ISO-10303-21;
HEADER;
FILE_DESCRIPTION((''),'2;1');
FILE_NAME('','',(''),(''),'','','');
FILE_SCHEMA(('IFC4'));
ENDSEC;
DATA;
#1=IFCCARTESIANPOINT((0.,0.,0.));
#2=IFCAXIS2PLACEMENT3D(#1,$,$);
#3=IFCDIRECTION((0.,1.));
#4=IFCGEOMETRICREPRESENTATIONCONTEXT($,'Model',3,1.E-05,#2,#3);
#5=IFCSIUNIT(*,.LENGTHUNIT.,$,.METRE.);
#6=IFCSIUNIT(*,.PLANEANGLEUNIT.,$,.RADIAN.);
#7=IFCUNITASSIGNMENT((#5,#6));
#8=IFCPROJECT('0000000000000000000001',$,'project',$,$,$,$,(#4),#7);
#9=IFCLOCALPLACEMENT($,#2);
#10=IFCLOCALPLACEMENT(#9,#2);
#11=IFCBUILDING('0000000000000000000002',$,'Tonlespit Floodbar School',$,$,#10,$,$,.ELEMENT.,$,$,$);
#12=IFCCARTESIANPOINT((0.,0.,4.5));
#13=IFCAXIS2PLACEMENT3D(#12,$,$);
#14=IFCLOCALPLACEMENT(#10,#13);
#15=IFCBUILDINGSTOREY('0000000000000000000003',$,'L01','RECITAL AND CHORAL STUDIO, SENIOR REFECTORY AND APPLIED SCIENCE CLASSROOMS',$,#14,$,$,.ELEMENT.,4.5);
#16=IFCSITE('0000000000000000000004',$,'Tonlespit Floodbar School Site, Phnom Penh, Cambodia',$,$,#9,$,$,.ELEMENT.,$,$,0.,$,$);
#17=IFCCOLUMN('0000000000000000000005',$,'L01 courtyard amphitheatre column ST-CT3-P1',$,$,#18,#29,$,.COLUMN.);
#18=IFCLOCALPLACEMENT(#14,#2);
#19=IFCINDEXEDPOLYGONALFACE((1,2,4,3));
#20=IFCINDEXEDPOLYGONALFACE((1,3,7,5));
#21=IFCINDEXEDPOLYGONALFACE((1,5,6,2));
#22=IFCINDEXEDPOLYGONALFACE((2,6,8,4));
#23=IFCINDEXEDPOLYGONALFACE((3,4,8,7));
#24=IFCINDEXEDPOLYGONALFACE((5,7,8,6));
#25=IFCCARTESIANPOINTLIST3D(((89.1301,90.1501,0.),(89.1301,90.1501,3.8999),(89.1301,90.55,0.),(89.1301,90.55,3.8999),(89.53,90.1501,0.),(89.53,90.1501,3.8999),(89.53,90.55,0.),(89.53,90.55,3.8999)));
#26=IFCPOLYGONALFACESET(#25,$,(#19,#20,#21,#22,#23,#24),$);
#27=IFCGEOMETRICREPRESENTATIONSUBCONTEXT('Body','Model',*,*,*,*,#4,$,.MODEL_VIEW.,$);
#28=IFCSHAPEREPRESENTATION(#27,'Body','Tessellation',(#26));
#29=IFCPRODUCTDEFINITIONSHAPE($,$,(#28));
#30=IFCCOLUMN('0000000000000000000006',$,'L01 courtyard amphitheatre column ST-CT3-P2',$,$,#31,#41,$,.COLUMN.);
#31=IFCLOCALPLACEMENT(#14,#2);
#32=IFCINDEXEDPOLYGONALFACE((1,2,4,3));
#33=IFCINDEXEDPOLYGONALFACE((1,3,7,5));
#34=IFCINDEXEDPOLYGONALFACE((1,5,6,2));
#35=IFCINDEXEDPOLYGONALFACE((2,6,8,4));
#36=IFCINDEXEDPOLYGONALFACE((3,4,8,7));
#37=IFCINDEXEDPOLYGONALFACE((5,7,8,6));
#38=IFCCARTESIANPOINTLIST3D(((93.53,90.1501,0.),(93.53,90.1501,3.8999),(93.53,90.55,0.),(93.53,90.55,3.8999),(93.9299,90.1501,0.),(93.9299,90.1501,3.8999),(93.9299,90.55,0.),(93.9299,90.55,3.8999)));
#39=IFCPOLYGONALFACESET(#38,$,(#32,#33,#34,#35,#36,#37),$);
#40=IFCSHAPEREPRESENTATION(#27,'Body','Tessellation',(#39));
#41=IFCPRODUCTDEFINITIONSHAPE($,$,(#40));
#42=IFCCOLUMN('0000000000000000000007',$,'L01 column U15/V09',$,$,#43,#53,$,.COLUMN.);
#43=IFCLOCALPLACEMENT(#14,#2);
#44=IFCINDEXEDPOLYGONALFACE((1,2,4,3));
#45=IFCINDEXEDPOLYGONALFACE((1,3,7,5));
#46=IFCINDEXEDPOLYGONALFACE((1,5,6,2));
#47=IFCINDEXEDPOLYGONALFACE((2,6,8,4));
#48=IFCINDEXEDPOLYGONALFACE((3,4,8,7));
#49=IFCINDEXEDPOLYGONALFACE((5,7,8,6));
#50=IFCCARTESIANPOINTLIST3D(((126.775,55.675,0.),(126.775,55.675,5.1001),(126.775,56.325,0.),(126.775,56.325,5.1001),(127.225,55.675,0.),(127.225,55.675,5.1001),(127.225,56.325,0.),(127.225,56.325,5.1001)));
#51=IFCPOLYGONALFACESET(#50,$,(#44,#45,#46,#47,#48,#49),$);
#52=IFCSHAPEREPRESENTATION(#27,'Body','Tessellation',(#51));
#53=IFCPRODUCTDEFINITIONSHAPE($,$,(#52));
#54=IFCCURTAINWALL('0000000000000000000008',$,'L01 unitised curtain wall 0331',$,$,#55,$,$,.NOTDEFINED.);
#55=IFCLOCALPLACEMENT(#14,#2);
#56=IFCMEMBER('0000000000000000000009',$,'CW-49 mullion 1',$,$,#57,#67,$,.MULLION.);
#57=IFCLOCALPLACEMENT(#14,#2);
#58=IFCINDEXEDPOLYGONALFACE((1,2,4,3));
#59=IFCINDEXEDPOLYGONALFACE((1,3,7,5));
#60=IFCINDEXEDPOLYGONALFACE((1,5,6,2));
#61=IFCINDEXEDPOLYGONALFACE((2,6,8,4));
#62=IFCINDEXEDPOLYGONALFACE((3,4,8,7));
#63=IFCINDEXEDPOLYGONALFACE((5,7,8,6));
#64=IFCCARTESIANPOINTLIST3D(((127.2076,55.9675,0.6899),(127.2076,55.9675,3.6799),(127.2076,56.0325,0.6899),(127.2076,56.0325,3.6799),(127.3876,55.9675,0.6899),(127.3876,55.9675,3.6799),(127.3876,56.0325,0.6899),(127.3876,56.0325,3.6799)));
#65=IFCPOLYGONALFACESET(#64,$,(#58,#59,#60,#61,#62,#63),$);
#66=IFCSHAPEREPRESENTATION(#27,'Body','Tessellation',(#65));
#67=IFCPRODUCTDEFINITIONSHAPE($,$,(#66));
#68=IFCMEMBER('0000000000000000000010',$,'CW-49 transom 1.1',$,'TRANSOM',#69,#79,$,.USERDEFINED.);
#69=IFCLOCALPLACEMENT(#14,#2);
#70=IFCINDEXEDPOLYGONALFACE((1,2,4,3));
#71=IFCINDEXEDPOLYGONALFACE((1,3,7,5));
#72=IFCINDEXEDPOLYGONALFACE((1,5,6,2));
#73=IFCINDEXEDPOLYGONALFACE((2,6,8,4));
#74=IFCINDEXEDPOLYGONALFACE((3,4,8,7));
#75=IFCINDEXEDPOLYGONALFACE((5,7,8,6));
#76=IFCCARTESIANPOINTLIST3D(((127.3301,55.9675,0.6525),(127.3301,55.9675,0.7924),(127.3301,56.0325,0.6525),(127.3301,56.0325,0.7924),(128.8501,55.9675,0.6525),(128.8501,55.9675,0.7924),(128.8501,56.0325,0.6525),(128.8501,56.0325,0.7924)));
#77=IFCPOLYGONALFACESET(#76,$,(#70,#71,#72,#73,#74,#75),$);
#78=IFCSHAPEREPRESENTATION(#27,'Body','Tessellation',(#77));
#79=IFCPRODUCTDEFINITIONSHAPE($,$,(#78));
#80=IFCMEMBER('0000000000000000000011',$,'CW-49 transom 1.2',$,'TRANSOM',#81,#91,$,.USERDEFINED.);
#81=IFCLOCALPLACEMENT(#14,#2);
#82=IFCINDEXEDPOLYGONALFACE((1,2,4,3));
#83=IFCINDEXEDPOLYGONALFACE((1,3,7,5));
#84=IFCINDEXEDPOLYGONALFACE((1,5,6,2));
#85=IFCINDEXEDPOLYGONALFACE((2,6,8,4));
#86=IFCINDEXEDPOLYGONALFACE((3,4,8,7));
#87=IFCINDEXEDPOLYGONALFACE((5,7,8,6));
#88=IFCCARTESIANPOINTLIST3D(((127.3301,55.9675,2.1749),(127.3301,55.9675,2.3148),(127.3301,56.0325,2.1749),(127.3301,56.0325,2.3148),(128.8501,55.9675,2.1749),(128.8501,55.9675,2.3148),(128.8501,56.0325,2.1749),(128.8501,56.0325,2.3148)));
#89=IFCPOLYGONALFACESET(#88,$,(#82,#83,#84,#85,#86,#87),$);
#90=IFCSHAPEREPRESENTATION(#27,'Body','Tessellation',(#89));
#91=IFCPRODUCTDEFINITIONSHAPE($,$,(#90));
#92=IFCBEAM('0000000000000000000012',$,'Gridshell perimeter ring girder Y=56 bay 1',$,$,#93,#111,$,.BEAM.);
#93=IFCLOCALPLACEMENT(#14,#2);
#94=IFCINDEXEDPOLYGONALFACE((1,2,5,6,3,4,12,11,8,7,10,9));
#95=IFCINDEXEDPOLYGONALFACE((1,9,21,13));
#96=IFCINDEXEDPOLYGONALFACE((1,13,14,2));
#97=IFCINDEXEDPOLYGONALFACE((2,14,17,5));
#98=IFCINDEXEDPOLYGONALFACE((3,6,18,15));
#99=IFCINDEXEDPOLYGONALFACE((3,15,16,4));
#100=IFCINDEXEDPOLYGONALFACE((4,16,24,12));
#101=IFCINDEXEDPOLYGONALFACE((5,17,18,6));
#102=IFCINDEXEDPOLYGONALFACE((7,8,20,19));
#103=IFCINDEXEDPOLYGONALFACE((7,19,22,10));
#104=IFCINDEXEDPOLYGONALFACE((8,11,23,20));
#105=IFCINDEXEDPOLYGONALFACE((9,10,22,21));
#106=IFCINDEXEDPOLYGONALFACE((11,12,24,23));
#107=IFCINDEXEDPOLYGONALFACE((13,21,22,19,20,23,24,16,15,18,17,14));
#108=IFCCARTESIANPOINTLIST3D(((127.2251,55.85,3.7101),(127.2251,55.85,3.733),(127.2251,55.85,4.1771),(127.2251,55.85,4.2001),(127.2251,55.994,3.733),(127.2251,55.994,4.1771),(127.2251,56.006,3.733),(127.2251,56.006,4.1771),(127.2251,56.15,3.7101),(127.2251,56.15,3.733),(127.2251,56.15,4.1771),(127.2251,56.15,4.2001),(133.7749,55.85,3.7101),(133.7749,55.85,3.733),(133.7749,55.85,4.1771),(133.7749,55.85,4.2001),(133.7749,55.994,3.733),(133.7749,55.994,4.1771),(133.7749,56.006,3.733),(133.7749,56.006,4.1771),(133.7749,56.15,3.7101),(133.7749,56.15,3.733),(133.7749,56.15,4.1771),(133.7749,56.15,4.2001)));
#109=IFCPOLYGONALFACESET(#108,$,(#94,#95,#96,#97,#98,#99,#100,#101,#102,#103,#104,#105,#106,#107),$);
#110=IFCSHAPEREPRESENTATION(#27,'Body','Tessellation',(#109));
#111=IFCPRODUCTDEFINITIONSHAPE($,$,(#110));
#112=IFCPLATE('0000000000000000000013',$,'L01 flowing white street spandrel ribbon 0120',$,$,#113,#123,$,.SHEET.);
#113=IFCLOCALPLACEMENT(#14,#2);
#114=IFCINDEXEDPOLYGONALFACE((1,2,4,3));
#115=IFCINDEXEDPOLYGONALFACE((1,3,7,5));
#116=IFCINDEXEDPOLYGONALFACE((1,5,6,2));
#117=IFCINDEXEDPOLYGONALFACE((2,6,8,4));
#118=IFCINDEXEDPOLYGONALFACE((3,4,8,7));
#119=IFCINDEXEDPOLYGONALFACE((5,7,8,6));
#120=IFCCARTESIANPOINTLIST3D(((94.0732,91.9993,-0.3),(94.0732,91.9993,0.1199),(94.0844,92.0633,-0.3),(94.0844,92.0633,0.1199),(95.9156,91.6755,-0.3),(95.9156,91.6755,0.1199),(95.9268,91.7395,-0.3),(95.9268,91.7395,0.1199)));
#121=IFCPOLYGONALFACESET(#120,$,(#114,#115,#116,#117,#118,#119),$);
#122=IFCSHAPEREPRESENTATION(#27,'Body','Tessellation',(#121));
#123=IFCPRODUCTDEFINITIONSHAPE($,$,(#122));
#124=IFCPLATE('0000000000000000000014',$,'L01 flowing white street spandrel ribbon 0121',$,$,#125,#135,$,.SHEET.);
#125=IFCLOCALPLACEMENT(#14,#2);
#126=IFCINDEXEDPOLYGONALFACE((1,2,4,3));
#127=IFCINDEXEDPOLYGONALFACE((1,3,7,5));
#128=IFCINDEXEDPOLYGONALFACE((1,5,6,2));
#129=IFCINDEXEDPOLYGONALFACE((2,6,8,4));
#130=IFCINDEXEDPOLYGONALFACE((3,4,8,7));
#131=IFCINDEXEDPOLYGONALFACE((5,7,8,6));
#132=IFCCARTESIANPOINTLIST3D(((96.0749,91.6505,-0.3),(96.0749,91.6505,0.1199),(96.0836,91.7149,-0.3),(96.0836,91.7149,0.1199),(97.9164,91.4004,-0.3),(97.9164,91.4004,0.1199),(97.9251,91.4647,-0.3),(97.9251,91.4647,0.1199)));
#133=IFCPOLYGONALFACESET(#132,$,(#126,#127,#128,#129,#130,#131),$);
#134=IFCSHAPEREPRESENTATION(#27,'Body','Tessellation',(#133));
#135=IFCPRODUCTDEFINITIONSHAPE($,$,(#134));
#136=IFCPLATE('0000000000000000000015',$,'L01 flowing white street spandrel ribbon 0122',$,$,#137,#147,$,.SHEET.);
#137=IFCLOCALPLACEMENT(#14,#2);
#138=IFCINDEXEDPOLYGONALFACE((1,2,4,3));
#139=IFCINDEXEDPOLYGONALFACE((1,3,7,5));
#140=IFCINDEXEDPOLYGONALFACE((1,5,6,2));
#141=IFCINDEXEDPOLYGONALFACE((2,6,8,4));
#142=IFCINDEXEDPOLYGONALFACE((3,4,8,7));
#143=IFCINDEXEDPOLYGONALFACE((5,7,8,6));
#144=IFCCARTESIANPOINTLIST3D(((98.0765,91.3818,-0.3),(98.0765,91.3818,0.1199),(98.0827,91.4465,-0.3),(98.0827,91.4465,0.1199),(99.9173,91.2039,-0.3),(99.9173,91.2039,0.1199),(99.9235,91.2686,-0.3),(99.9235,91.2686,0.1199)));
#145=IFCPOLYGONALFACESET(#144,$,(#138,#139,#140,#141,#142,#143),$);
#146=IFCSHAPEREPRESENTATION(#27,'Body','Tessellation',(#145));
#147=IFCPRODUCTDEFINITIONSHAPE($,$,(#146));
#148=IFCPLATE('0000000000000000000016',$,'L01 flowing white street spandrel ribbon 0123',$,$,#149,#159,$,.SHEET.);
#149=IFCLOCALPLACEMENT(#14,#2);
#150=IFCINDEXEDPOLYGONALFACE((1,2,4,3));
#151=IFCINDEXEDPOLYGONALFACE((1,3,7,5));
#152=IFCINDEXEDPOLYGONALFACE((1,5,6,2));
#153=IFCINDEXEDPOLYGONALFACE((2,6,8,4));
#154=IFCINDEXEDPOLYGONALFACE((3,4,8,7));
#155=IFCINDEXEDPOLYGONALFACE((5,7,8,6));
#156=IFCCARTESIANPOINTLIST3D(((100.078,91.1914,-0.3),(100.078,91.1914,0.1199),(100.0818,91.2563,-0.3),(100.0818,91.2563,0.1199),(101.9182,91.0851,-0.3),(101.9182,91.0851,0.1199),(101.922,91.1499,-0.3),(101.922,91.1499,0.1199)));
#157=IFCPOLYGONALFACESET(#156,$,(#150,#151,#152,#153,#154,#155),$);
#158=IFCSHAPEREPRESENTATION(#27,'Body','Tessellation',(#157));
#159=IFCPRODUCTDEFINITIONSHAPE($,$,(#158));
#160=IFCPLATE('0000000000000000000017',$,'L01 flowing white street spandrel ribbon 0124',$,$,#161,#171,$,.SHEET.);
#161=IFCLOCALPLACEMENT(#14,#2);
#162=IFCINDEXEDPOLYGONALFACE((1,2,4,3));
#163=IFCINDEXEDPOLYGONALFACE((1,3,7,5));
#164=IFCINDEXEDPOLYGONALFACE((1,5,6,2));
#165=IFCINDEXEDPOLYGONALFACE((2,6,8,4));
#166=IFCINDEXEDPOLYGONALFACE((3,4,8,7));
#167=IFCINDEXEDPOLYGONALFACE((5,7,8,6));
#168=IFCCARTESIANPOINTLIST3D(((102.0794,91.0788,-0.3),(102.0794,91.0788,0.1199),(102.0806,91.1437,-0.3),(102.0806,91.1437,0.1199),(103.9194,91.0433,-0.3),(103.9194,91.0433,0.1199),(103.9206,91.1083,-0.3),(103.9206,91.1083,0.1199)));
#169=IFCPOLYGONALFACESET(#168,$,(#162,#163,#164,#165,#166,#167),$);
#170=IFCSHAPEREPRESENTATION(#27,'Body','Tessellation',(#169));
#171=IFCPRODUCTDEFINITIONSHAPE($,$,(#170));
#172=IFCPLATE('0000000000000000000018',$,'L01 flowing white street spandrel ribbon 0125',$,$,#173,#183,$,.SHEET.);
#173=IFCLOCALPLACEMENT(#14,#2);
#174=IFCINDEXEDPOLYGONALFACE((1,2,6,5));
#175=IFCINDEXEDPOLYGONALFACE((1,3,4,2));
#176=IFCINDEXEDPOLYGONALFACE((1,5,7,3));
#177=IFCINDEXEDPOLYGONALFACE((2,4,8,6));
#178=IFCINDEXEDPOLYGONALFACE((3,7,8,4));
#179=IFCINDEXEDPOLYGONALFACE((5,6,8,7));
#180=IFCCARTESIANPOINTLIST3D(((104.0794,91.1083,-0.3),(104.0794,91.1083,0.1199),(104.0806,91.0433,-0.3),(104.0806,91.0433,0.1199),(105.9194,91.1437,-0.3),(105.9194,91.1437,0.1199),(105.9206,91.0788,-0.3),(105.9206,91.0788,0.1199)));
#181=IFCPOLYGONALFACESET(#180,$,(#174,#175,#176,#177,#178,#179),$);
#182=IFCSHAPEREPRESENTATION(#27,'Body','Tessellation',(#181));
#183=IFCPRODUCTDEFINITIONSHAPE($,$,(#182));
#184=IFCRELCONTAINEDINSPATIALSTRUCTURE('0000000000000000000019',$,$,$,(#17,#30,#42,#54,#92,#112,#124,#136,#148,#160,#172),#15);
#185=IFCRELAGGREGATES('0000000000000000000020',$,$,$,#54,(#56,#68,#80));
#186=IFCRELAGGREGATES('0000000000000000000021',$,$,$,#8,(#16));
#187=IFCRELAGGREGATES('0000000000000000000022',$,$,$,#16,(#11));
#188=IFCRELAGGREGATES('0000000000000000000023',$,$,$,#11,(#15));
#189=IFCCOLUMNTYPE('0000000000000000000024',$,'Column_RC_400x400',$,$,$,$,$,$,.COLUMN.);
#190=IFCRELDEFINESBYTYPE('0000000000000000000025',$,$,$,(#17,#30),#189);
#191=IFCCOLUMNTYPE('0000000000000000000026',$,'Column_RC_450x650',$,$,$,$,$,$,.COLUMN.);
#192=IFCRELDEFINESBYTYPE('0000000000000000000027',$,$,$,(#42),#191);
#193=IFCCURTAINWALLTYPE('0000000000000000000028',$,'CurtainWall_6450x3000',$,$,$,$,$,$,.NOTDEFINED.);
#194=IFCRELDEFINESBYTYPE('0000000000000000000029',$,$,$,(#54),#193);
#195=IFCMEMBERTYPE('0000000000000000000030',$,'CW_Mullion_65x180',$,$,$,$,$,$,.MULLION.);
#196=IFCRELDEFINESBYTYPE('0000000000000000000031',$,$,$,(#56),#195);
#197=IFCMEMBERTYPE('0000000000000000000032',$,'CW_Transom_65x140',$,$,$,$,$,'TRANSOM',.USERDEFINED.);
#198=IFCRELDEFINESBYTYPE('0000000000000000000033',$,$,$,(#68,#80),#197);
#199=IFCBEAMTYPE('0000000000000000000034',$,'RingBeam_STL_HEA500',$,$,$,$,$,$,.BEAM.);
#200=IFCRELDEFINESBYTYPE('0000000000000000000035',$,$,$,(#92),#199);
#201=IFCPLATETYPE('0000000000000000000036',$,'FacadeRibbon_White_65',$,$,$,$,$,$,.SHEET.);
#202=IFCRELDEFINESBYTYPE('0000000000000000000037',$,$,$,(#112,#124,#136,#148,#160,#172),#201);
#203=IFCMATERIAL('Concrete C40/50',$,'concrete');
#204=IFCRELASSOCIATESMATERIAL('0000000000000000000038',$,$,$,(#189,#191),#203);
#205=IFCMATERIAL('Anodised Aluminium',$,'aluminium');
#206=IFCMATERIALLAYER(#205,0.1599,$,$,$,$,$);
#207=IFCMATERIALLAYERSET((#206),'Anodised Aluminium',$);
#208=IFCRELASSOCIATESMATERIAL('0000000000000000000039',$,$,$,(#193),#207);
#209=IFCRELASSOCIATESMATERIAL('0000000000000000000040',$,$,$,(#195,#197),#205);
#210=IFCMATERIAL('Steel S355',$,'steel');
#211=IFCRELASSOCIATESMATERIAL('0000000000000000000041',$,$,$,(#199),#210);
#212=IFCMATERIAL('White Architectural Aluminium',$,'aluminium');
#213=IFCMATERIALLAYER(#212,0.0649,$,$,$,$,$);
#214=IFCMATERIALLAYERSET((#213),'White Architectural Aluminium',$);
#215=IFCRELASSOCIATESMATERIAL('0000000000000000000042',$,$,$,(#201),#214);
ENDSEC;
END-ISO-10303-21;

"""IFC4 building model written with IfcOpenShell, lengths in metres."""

from ifc_helpers import new_model, si_unit, direction, frame, origin, origin_2d, place, context, subcontext, project, spatial, rectangle, i_section, extrude, material, layer, layer_set, material_profile, profile_set, type_object, element, aggregate, save


model = new_model("IFC4")

# Units and contexts
model_context = context("Model", 3, precision=1e-05, world=origin(), true_north=direction((0.0, 1.0)))
body_context = subcontext(model_context, "Body", "Model", "MODEL_VIEW")
ifc_project = project(units=[si_unit("LENGTHUNIT", "METRE"), si_unit("PLANEANGLEUNIT", "RADIAN")], contexts=[model_context])

# Site, building, storey
site_placement = place(None, origin())
site = spatial("IfcSite", under=ifc_project, at=site_placement, Name="Tonlespit Floodbar School Site, Phnom Penh, Cambodia", CompositionType="ELEMENT", RefElevation=0.0)
building_placement = place(site_placement, origin())
building = spatial("IfcBuilding", under=site, at=building_placement, Name="Tonlespit Floodbar School", CompositionType="ELEMENT")
storey_placement = place(building_placement, frame((0.0, 0.0, 4.5)))
storey = spatial("IfcBuildingStorey", under=building, at=storey_placement, Name="L01", Description="RECITAL AND CHORAL STUDIO, SENIOR REFECTORY AND APPLIED SCIENCE CLASSROOMS", CompositionType="ELEMENT", Elevation=4.5)

# Columns
ifc_material_1 = material(Name="Concrete C40/50", Category="concrete")
ifc_material_profile_1 = material_profile(ifc_material_1, rectangle(XDim=0.3999, YDim=0.3999, at=origin_2d()), Name="RC 400x400")
ifc_profile_set_1 = profile_set([ifc_material_profile_1], Name="Concrete C40/50")
column_type_1 = type_object("IfcColumnType", Name="Column_RC_400x400", PredefinedType="COLUMN", material=ifc_profile_set_1)
for number, where, z_axis, x_axis, name in (
    (1, (89.3301, 90.3501, 0.0), (0.0, 0.0, 1.0), (1.0, 0.0, 0.0), "L01 courtyard amphitheatre column ST-CT3-P1"),
    (2, (93.73, 90.3501, 0.0), (0.0, 0.0, 1.0), (1.0, 0.0, 0.0), "L01 courtyard amphitheatre column ST-CT3-P2"),
):
    element("IfcColumn", number, at=place(storey_placement, frame(where, z_axis=z_axis, x_axis=x_axis)), inside=storey, type_object=column_type_1, Name=name, PredefinedType="COLUMN", context=body_context, shape_type="SweptSolid", body=[
        extrude(rectangle(XDim=0.3999, YDim=0.3999, at=origin_2d()), origin(), (0.0, 0.0, 1.0), 3.8999),
    ])
ifc_material_profile_2 = material_profile(ifc_material_1, rectangle(XDim=0.45, YDim=0.6499, at=origin_2d()), Name="RC 450x650")
ifc_profile_set_2 = profile_set([ifc_material_profile_2], Name="Concrete C40/50")
column_type_2 = type_object("IfcColumnType", Name="Column_RC_450x650", PredefinedType="COLUMN", material=ifc_profile_set_2)
column_placement = place(storey_placement, frame((127.0, 56.0, 0.0), z_axis=(0.0, 0.0, 1.0), x_axis=(1.0, 0.0, 0.0)))
element("IfcColumn", 3, at=column_placement, inside=storey, type_object=column_type_2, Name="L01 column U15/V09", PredefinedType="COLUMN", context=body_context, shape_type="SweptSolid", body=[
    extrude(rectangle(XDim=0.45, YDim=0.6499, at=origin_2d()), origin(), (0.0, 0.0, 1.0), 5.1001),
])

# Curtain wall, members
ifc_material_2 = material(Name="Anodised Aluminium", Category="aluminium")
ifc_layer_1 = layer(ifc_material_2, 0.1599)
ifc_layer_set_1 = layer_set([ifc_layer_1], Name="Anodised Aluminium")
curtain_wall_type = type_object("IfcCurtainWallType", Name="CurtainWall_6450x3000", PredefinedType="NOTDEFINED", material=ifc_layer_set_1)
curtain_wall_placement = place(storey_placement, origin())
curtain_wall = element("IfcCurtainWall", 4, at=curtain_wall_placement, inside=storey, type_object=curtain_wall_type, Name="L01 unitised curtain wall 0331", PredefinedType="NOTDEFINED")
ifc_material_profile_3 = material_profile(ifc_material_2, rectangle(XDim=0.0649, YDim=0.1799, at=origin_2d()), Name="ALU M65x180")
ifc_profile_set_3 = profile_set([ifc_material_profile_3], Name="Anodised Aluminium")
member_type_1 = type_object("IfcMemberType", Name="CW_Mullion_65x180", PredefinedType="MULLION", material=ifc_profile_set_3)
member_1_placement = place(storey_placement, frame((127.2976, 56.0, 0.6899), z_axis=(0.0, 0.0, 1.0), x_axis=(0.0, 1.0, 0.0)))
member_1 = element("IfcMember", 5, at=member_1_placement, type_object=member_type_1, Name="CW-49 mullion 1", PredefinedType="MULLION", context=body_context, shape_type="SweptSolid", body=[
    extrude(rectangle(XDim=0.0649, YDim=0.1799, at=origin_2d()), origin(), (0.0, 0.0, 1.0), 2.99),
])
ifc_material_profile_4 = material_profile(ifc_material_2, rectangle(XDim=0.0649, YDim=0.1399, at=origin_2d()), Name="ALU T65x140")
ifc_profile_set_4 = profile_set([ifc_material_profile_4], Name="Anodised Aluminium")
member_type_2 = type_object("IfcMemberType", Name="CW_Transom_65x140", ElementType="TRANSOM", PredefinedType="USERDEFINED", material=ifc_profile_set_4)
member_2_placement = place(storey_placement, frame((127.3301, 56.0, 0.7224), z_axis=(1.0, 0.0, 0.0), x_axis=(0.0, 1.0, 0.0)))
member_2 = element("IfcMember", 6, at=member_2_placement, type_object=member_type_2, Name="CW-49 transom 1.1", ObjectType="TRANSOM", PredefinedType="USERDEFINED", context=body_context, shape_type="SweptSolid", body=[
    extrude(rectangle(XDim=0.0649, YDim=0.1399, at=origin_2d()), origin(), (0.0, 0.0, 1.0), 1.52),
])
member_3_placement = place(storey_placement, frame((127.3301, 56.0, 2.2449), z_axis=(1.0, 0.0, 0.0), x_axis=(0.0, 1.0, 0.0)))
member_3 = element("IfcMember", 7, at=member_3_placement, type_object=member_type_2, Name="CW-49 transom 1.2", ObjectType="TRANSOM", PredefinedType="USERDEFINED", context=body_context, shape_type="SweptSolid", body=[
    extrude(rectangle(XDim=0.0649, YDim=0.1399, at=origin_2d()), origin(), (0.0, 0.0, 1.0), 1.52),
])
aggregate(curtain_wall, [member_1, member_2, member_3])

# Beam
ifc_material_3 = material(Name="Steel S355", Category="steel")
ifc_material_profile_5 = material_profile(ifc_material_3, i_section(OverallWidth=0.3, OverallDepth=0.49, WebThickness=0.012, FlangeThickness=0.0229, at=origin_2d()), Name="HEA 500")
ifc_profile_set_5 = profile_set([ifc_material_profile_5], Name="Steel S355")
beam_type = type_object("IfcBeamType", Name="RingBeam_STL_HEA500", PredefinedType="BEAM", material=ifc_profile_set_5)
beam_placement = place(storey_placement, frame((127.2251, 56.0, 3.9551), z_axis=(1.0, 0.0, 0.0), x_axis=(0.0, 1.0, 0.0)))
element("IfcBeam", 8, at=beam_placement, inside=storey, type_object=beam_type, Name="Gridshell perimeter ring girder Y=56 bay 1", PredefinedType="BEAM", context=body_context, shape_type="SweptSolid", body=[
    extrude(i_section(OverallWidth=0.3, OverallDepth=0.49, WebThickness=0.012, FlangeThickness=0.0229, at=origin_2d()), origin(), (0.0, 0.0, 1.0), 6.5498),
])

# Plates
ifc_material_4 = material(Name="White Architectural Aluminium", Category="aluminium")
ifc_layer_2 = layer(ifc_material_4, 0.0649)
ifc_layer_set_2 = layer_set([ifc_layer_2], Name="White Architectural Aluminium")
plate_type = type_object("IfcPlateType", Name="FacadeRibbon_White_65", PredefinedType="SHEET", material=ifc_layer_set_2)
plate_1_placement = place(storey_placement, frame((95.0, 91.8694, -0.3), z_axis=(0.0, 0.0, 1.0), x_axis=(0.984905, -0.173096, 0.0)))
element("IfcPlate", 9, at=plate_1_placement, inside=storey, type_object=plate_type, Name="L01 flowing white street spandrel ribbon 0120", PredefinedType="SHEET", context=body_context, shape_type="SweptSolid", body=[
    extrude(rectangle(XDim=1.8706, YDim=0.0649, at=origin_2d()), origin(), (0.0, 0.0, 1.0), 0.4199),
])
plate_2_placement = place(storey_placement, frame((97.0, 91.5576, -0.3), z_axis=(0.0, 0.0, 1.0), x_axis=(0.990898, -0.134614, 0.0)))
element("IfcPlate", 10, at=plate_2_placement, inside=storey, type_object=plate_type, Name="L01 flowing white street spandrel ribbon 0121", PredefinedType="SHEET", context=body_context, shape_type="SweptSolid", body=[
    extrude(rectangle(XDim=1.8584, YDim=0.0649, at=origin_2d()), origin(), (0.0, 0.0, 1.0), 0.4199),
])
plate_3_placement = place(storey_placement, frame((99.0, 91.3252, -0.3), z_axis=(0.0, 0.0, 1.0), x_axis=(0.995362, -0.096202, 0.0)))
element("IfcPlate", 11, at=plate_3_placement, inside=storey, type_object=plate_type, Name="L01 flowing white street spandrel ribbon 0122", PredefinedType="SHEET", context=body_context, shape_type="SweptSolid", body=[
    extrude(rectangle(XDim=1.8494, YDim=0.0649, at=origin_2d()), origin(), (0.0, 0.0, 1.0), 0.4199),
])
plate_4_placement = place(storey_placement, frame((101.0, 91.1707, -0.3), z_axis=(0.0, 0.0, 1.0), x_axis=(0.998334, -0.057703, 0.0)))
element("IfcPlate", 12, at=plate_4_placement, inside=storey, type_object=plate_type, Name="L01 flowing white street spandrel ribbon 0123", PredefinedType="SHEET", context=body_context, shape_type="SweptSolid", body=[
    extrude(rectangle(XDim=1.8433, YDim=0.0649, at=origin_2d()), origin(), (0.0, 0.0, 1.0), 0.4199),
])
for number, where, z_axis, x_axis, name in (
    (13, (103.0, 91.0935, -0.3), (0.0, 0.0, 1.0), (0.999815, -0.019246, 0.0), "L01 flowing white street spandrel ribbon 0124"),
    (14, (105.0, 91.0935, -0.3), (0.0, 0.0, 1.0), (0.999815, 0.019246, 0.0), "L01 flowing white street spandrel ribbon 0125"),
):
    element("IfcPlate", number, at=place(storey_placement, frame(where, z_axis=z_axis, x_axis=x_axis)), inside=storey, type_object=plate_type, Name=name, PredefinedType="SHEET", context=body_context, shape_type="SweptSolid", body=[
        extrude(rectangle(XDim=1.8403, YDim=0.0649, at=origin_2d()), origin(), (0.0, 0.0, 1.0), 0.4199),
    ])

save(model, "model.ifc")
